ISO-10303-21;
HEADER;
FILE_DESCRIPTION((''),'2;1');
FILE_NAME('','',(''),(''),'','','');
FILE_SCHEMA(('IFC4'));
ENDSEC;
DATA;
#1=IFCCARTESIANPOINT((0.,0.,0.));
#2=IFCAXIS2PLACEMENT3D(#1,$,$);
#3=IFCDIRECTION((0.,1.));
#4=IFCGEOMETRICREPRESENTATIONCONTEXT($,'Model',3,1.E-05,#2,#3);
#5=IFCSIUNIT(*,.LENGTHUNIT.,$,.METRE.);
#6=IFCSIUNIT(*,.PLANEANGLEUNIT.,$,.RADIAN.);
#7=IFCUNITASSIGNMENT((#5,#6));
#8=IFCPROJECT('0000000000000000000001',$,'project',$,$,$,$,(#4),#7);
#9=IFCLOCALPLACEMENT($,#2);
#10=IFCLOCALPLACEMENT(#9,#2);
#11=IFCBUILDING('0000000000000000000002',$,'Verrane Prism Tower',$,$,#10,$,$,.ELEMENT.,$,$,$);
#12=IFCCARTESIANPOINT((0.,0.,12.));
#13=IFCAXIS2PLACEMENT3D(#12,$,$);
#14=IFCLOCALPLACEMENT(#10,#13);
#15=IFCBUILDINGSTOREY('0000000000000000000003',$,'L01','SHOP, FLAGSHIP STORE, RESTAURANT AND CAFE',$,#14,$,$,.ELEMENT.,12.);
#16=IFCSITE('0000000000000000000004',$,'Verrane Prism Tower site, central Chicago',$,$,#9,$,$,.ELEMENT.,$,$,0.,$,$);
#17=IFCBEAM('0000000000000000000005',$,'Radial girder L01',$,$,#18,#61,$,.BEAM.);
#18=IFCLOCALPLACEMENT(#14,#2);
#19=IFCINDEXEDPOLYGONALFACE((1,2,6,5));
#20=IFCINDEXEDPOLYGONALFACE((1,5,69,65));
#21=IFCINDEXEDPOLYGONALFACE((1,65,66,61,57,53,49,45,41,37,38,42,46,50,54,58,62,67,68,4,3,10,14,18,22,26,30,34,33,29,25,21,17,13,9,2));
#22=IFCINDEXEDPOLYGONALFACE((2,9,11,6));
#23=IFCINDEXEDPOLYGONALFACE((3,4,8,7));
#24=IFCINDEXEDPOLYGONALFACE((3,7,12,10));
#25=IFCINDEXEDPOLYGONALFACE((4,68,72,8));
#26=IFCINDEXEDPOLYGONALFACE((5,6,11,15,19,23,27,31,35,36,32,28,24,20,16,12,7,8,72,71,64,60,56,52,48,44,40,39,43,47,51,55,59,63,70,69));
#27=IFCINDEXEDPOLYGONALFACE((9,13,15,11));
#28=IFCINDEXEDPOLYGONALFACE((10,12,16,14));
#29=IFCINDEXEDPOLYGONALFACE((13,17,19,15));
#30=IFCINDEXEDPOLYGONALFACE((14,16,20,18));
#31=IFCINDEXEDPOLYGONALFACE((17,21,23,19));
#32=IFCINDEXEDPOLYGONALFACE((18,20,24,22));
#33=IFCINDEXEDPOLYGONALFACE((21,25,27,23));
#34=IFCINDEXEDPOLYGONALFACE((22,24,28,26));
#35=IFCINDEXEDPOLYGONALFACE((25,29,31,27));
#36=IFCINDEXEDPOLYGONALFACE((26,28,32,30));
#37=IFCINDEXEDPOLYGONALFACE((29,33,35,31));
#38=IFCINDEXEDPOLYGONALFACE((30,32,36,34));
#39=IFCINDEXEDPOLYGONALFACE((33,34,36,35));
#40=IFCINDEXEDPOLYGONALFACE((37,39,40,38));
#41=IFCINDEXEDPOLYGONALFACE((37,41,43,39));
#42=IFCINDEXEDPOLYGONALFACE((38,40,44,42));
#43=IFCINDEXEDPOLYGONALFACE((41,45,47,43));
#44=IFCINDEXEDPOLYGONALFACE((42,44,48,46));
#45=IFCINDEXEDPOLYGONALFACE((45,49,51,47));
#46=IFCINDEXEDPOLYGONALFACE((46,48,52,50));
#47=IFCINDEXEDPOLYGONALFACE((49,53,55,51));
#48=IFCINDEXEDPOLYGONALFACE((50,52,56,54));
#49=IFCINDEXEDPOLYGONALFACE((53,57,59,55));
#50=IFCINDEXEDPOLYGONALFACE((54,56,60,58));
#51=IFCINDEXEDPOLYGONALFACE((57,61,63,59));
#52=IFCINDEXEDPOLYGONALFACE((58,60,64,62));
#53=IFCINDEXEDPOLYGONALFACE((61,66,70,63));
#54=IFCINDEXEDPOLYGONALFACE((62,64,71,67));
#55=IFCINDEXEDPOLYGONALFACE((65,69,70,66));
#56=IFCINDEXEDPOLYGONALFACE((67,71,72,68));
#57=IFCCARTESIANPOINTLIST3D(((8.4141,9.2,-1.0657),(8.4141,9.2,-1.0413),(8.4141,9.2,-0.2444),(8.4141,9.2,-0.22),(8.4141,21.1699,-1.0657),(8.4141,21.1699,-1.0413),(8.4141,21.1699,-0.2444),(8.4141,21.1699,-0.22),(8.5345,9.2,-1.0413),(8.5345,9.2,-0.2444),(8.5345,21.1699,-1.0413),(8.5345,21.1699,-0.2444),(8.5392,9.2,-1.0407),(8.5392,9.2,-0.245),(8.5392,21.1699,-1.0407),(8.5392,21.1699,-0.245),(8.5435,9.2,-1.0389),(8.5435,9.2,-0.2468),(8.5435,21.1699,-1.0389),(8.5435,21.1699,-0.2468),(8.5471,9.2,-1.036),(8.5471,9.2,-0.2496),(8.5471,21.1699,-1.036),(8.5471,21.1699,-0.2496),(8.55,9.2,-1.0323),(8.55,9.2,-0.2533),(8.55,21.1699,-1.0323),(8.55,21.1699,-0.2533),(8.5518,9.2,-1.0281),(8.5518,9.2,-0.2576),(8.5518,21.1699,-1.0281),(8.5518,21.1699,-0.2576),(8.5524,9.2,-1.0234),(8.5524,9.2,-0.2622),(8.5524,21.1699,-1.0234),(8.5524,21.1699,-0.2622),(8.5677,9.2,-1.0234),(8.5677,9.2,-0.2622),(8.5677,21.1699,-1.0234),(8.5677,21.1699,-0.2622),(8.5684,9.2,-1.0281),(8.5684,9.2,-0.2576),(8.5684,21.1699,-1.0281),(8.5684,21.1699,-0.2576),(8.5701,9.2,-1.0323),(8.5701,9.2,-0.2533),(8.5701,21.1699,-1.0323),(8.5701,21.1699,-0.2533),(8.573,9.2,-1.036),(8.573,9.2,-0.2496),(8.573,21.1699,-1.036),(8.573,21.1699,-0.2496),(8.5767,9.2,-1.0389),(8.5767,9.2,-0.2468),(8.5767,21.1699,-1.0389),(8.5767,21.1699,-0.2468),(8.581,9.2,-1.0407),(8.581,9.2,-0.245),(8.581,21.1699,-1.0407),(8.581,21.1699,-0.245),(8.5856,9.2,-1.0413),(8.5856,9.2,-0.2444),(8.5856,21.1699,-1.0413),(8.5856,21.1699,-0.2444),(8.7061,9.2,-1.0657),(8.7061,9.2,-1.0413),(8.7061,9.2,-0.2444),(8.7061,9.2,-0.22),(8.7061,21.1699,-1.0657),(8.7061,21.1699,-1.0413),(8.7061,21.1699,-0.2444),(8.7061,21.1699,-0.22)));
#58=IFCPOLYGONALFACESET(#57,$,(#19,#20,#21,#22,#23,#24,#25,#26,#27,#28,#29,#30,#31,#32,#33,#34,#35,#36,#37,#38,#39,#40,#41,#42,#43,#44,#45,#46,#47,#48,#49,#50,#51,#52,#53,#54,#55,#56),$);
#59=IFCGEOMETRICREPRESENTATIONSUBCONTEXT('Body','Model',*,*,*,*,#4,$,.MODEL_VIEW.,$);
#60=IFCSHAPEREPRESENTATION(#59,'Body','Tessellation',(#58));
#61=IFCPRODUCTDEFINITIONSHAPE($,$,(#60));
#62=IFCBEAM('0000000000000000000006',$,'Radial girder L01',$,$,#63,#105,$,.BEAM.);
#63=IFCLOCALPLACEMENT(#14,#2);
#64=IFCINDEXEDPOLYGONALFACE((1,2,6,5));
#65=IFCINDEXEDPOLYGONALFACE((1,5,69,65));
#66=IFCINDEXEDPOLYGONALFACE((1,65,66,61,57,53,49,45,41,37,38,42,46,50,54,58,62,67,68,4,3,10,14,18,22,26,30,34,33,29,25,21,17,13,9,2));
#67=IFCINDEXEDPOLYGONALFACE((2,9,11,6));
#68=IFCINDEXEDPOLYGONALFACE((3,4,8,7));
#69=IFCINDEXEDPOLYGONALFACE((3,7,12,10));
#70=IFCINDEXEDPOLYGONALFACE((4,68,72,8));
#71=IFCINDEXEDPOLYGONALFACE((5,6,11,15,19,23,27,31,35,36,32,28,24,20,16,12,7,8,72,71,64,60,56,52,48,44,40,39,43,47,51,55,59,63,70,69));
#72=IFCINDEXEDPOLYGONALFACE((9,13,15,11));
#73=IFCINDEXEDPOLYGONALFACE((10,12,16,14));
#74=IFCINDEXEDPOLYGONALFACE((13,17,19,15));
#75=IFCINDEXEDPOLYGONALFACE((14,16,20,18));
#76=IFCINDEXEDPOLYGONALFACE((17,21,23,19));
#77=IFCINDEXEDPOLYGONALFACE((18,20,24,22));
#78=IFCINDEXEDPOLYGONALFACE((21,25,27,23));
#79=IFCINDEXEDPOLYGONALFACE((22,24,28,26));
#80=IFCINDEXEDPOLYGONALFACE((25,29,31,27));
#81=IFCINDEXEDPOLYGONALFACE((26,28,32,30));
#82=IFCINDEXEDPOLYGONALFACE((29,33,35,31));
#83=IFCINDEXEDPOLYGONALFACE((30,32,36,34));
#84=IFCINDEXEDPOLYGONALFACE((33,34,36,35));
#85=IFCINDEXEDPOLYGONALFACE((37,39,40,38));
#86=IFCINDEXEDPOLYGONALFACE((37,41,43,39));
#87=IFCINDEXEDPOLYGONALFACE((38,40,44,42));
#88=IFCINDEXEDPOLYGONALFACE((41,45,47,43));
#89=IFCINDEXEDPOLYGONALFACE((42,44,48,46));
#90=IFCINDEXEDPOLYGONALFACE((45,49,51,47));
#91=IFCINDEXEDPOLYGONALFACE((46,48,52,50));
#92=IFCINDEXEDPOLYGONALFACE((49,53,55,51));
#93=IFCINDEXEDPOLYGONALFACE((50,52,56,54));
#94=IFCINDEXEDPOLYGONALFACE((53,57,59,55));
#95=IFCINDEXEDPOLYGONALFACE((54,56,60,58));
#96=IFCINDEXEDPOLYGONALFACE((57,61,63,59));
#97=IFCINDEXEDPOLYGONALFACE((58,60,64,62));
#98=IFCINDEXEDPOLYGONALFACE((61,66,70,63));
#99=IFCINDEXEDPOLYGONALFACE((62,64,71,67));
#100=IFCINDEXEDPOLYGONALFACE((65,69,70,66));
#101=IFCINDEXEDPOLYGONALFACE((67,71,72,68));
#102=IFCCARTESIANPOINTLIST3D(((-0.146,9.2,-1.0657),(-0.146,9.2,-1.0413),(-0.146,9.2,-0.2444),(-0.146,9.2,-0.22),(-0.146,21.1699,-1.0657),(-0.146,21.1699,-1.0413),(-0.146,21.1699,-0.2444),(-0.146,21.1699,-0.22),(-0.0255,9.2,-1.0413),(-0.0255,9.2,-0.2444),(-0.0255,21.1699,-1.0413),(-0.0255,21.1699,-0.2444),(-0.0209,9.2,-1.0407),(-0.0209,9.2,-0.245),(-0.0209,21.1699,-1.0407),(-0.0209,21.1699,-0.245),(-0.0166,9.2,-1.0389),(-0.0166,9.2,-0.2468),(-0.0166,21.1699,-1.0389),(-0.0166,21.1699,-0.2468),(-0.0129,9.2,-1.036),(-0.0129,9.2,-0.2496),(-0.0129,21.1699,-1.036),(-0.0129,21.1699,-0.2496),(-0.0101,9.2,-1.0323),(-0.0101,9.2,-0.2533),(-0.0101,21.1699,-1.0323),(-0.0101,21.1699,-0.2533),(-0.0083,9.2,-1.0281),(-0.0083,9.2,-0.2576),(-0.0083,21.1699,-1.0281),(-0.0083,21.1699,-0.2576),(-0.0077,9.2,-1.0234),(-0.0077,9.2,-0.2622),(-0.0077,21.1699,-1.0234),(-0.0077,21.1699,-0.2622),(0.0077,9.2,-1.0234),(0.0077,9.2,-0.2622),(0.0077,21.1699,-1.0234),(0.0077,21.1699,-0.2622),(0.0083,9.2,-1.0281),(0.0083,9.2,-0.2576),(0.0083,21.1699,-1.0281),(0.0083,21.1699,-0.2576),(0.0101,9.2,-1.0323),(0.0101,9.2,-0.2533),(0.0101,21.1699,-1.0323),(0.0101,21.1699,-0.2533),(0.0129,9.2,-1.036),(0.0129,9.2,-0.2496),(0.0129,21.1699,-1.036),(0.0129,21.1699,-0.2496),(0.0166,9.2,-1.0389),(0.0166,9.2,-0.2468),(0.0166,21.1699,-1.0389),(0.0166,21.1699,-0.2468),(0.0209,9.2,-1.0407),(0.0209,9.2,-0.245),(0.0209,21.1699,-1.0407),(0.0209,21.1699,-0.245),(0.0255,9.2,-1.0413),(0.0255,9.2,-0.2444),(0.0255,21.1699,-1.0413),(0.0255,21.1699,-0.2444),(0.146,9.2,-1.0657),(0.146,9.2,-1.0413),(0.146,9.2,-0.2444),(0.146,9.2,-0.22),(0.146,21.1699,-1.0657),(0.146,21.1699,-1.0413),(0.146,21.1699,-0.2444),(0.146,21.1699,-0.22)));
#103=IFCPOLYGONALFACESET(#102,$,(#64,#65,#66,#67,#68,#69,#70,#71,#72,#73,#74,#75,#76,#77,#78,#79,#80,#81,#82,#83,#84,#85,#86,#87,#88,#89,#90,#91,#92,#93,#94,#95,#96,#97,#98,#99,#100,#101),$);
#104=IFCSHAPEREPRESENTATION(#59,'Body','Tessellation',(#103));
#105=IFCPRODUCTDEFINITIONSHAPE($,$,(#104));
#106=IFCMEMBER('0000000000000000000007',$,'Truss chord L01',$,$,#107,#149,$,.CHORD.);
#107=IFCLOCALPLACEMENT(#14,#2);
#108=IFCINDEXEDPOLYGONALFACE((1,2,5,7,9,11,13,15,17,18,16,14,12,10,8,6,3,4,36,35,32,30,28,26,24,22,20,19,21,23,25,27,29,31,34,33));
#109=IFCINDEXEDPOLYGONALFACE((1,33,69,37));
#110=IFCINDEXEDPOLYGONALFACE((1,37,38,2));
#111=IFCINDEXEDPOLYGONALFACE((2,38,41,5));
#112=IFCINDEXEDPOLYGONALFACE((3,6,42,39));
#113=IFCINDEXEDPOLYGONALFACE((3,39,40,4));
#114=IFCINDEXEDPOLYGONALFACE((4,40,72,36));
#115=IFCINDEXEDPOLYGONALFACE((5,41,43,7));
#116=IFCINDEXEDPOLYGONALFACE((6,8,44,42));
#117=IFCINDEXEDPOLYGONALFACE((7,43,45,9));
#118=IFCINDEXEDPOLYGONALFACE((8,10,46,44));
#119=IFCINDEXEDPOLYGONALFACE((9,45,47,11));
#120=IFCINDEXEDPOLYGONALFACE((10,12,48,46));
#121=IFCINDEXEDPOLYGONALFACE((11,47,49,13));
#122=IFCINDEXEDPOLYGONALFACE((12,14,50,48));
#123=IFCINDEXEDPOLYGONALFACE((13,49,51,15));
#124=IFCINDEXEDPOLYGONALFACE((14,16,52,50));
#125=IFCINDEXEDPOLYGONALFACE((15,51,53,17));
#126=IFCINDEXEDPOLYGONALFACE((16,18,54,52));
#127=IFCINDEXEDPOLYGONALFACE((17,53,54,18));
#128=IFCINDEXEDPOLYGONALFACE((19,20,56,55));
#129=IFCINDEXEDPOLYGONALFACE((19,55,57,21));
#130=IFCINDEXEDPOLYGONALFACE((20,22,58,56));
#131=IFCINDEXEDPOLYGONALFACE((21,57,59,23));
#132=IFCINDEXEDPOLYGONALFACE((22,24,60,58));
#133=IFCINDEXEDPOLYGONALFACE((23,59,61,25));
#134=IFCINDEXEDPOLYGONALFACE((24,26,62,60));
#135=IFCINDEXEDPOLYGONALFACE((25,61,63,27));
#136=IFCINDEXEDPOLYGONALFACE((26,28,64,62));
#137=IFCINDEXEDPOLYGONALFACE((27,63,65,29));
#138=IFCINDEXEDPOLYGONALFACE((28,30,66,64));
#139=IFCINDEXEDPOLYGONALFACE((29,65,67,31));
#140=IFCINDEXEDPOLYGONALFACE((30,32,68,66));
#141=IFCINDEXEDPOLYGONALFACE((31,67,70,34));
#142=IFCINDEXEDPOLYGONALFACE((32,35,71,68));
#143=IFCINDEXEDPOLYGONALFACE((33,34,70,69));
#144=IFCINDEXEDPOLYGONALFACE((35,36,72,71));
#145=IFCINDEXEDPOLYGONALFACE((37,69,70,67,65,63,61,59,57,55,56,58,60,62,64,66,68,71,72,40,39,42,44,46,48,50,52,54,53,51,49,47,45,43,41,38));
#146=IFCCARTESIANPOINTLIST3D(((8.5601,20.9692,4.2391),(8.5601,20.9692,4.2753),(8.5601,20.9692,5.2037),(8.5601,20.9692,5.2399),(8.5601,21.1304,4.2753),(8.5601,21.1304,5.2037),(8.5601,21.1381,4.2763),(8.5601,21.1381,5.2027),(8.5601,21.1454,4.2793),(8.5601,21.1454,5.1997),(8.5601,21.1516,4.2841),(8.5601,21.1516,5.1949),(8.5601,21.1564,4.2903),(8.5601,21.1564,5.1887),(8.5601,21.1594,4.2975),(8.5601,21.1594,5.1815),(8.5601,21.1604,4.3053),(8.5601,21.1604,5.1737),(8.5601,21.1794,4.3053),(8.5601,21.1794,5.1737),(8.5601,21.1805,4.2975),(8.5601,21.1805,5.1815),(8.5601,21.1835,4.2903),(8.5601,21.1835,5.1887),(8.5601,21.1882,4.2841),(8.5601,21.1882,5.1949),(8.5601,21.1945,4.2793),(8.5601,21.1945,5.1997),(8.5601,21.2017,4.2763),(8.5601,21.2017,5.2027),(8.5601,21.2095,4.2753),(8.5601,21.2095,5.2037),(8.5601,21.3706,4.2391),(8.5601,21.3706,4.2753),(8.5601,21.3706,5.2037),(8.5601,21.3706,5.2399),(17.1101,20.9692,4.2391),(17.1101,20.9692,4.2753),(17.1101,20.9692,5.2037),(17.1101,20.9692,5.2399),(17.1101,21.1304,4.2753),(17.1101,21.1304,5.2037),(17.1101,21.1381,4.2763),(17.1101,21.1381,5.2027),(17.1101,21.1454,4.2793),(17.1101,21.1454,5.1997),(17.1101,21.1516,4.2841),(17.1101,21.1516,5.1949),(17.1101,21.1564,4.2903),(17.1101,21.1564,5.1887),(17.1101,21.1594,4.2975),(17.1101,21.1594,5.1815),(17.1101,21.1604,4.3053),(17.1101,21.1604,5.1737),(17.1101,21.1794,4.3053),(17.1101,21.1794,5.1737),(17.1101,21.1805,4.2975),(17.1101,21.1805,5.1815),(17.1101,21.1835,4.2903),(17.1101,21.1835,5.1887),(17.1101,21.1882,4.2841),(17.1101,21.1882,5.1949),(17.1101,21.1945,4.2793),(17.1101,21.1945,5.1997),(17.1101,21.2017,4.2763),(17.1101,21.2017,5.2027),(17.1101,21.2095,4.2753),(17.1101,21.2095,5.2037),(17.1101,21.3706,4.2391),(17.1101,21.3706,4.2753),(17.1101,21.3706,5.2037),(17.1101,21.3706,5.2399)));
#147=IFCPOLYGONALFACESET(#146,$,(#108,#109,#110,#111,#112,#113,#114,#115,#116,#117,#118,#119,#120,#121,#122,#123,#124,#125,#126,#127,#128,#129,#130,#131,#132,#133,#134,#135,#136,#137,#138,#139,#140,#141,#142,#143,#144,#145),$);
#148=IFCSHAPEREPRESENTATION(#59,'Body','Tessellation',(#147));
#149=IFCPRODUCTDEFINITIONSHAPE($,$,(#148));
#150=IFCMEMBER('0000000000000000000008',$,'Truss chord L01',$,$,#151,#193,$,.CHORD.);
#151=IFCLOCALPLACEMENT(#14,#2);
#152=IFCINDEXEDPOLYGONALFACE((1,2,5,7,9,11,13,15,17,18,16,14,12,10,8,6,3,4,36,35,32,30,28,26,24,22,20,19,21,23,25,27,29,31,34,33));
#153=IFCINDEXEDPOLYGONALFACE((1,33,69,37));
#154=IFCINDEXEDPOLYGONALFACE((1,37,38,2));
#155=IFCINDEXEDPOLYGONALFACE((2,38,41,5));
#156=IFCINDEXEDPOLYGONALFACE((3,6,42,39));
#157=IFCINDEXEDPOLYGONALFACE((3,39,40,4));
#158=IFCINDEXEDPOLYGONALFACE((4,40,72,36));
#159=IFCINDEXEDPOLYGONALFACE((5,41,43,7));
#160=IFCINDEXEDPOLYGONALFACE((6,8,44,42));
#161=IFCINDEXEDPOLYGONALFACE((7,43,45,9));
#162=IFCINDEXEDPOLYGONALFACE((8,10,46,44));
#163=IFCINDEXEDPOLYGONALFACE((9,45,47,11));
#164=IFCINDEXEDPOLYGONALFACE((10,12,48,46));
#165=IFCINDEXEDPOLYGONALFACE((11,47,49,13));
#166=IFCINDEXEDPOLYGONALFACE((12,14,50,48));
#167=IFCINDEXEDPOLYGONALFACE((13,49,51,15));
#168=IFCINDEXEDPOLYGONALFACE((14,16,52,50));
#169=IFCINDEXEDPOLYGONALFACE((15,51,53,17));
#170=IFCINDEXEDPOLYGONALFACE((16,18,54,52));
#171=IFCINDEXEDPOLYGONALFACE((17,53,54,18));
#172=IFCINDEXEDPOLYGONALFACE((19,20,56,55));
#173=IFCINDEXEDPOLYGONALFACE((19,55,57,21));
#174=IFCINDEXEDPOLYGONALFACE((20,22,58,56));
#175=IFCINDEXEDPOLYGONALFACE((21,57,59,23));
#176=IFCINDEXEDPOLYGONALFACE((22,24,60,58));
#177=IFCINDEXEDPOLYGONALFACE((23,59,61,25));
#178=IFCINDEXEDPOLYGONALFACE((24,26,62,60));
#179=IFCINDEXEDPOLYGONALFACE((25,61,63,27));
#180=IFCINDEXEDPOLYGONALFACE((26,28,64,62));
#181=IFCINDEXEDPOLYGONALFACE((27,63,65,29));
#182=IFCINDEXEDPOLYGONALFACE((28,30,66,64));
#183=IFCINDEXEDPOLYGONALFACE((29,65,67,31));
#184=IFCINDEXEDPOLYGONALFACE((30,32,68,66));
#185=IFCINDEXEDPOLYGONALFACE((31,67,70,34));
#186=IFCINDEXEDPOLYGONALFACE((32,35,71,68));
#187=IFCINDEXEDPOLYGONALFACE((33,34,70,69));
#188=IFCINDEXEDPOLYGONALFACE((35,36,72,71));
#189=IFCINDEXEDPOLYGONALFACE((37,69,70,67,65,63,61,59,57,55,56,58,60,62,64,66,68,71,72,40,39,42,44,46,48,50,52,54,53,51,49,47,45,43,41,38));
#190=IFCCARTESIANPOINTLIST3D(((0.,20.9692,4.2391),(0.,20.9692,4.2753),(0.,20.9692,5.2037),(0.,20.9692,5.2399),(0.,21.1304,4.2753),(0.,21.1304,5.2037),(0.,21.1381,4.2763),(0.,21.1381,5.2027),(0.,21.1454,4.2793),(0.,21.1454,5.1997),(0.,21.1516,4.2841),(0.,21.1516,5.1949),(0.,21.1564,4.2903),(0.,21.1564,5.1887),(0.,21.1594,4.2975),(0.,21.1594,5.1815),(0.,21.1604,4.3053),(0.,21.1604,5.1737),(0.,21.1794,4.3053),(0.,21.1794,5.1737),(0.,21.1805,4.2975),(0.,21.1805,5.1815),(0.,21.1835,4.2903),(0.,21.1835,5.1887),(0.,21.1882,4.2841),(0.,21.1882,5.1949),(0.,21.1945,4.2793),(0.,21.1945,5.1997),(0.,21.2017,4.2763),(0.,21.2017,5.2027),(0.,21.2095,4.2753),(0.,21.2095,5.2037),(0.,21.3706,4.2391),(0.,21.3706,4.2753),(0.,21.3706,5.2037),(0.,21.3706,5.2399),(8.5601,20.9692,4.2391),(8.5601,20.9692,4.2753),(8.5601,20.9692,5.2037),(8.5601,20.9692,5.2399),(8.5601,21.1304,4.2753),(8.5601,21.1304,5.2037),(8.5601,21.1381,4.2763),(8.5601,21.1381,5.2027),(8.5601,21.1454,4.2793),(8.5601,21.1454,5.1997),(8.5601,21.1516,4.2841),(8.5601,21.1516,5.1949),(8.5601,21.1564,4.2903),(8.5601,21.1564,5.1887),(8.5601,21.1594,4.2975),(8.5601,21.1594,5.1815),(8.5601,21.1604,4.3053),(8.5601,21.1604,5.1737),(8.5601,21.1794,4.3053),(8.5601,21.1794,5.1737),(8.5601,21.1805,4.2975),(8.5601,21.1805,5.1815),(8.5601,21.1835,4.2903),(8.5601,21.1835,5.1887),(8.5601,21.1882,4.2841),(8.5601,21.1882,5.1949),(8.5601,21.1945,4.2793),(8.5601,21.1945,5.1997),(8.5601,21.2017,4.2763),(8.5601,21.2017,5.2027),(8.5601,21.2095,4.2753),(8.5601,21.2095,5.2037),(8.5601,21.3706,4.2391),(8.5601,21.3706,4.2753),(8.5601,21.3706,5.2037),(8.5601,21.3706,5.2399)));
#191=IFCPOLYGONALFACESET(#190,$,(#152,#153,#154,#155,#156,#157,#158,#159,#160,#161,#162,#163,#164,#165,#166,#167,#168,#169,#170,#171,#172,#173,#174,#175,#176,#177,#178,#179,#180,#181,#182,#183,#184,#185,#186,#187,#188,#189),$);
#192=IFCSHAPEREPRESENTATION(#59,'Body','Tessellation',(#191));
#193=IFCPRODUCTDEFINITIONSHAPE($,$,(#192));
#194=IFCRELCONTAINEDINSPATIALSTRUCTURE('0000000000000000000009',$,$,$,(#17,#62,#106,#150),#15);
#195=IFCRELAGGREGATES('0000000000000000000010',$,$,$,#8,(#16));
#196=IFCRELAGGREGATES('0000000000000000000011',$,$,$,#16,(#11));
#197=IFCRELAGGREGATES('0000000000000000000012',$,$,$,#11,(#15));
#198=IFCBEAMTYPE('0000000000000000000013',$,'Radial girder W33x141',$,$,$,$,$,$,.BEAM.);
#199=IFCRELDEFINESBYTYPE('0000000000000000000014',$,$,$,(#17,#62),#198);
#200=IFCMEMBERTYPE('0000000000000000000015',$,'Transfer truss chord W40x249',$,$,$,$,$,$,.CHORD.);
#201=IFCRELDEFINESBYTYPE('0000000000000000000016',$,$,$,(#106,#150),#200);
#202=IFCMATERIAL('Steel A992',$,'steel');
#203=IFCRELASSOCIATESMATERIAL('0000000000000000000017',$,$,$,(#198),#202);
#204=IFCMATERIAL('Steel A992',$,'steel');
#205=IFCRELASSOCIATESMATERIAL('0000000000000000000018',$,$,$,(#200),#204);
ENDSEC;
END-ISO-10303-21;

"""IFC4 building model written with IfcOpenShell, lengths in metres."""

from ifc_helpers import new_model, si_unit, direction, frame, origin, origin_2d, place, context, subcontext, project, spatial, i_section, extrude, material, material_profile, profile_set, type_object, element, save


model = new_model("IFC4")

# Units and contexts
model_context = context("Model", 3, precision=1e-05, world=origin(), true_north=direction((0.0, 1.0)))
body_context = subcontext(model_context, "Body", "Model", "MODEL_VIEW")
ifc_project = project(units=[si_unit("LENGTHUNIT", "METRE"), si_unit("PLANEANGLEUNIT", "RADIAN")], contexts=[model_context])

# Site, building, storey
site_placement = place(None, origin())
site = spatial("IfcSite", under=ifc_project, at=site_placement, Name="Verrane Prism Tower site, central Chicago", CompositionType="ELEMENT", RefElevation=0.0)
building_placement = place(site_placement, origin())
building = spatial("IfcBuilding", under=site, at=building_placement, Name="Verrane Prism Tower", CompositionType="ELEMENT")
storey_placement = place(building_placement, frame((0.0, 0.0, 12.0)))
storey = spatial("IfcBuildingStorey", under=building, at=storey_placement, Name="L01", Description="SHOP, FLAGSHIP STORE, RESTAURANT AND CAFE", CompositionType="ELEMENT", Elevation=12.0)

# Beams
ifc_material_1 = material(Name="Steel A992", Category="steel")
ifc_material_profile_1 = material_profile(ifc_material_1, i_section(OverallWidth=0.292, OverallDepth=0.8457, WebThickness=0.0154, FlangeThickness=0.0244, FilletRadius=0.0178, at=origin_2d()), Name="W33x141")
ifc_profile_set_1 = profile_set([ifc_material_profile_1], Name="Steel A992")
beam_type = type_object("IfcBeamType", Name="Radial girder W33x141", PredefinedType="BEAM", material=ifc_profile_set_1)
for number, where, z_axis, x_axis, name in (
    (1, (8.5601, 21.1699, -0.6428), (0.0, -1.0, 0.0), (1.0, 0.0, 0.0), "Radial girder L01"),
    (2, (0.0, 21.1699, -0.6428), (0.0, -1.0, 0.0), (1.0, 0.0, 0.0), "Radial girder L01"),
):
    element("IfcBeam", number, at=place(storey_placement, frame(where, z_axis=z_axis, x_axis=x_axis)), inside=storey, type_object=beam_type, Name=name, PredefinedType="BEAM", context=body_context, shape_type="SweptSolid", body=[
        extrude(i_section(OverallWidth=0.292, OverallDepth=0.8457, WebThickness=0.0154, FlangeThickness=0.0244, FilletRadius=0.0178, at=origin_2d()), origin(), (0.0, 0.0, 1.0), 11.97),
    ])

# Members
ifc_material_2 = material(Name="Steel A992", Category="steel")
ifc_material_profile_2 = material_profile(ifc_material_2, i_section(OverallWidth=0.4014, OverallDepth=1.0007, WebThickness=0.019, FlangeThickness=0.0361, FilletRadius=0.03, at=origin_2d()), Name="W40x249")
ifc_profile_set_2 = profile_set([ifc_material_profile_2], Name="Steel A992")
member_type_1 = type_object("IfcMemberType", Name="Transfer truss chord W40x249", PredefinedType="CHORD", material=ifc_profile_set_2)
member_1_placement = place(storey_placement, frame((17.1101, 21.1699, 4.7395), z_axis=(-1.0, 0.0, 0.0), x_axis=(0.0, -1.0, 0.0)))
element("IfcMember", 3, at=member_1_placement, inside=storey, type_object=member_type_1, Name="Truss chord L01", PredefinedType="CHORD", context=body_context, shape_type="SweptSolid", body=[
    extrude(i_section(OverallWidth=0.4014, OverallDepth=1.0007, WebThickness=0.019, FlangeThickness=0.0361, FilletRadius=0.03, at=origin_2d()), origin(), (0.0, 0.0, 1.0), 8.55),
])
for number, where, z_axis, x_axis, name in (
    (4, (8.5601, 21.1699, 4.7395), (-1.0, 0.0, 0.0), (0.0, -1.0, 0.0), "Truss chord L01"),
):
    element("IfcMember", number, at=place(storey_placement, frame(where, z_axis=z_axis, x_axis=x_axis)), inside=storey, type_object=member_type_1, Name=name, PredefinedType="CHORD", context=body_context, shape_type="SweptSolid", body=[
        extrude(i_section(OverallWidth=0.4014, OverallDepth=1.0007, WebThickness=0.019, FlangeThickness=0.0361, FilletRadius=0.03, at=origin_2d()), origin(), (0.0, 0.0, 1.0), 8.5601),
    ])

save(model, "model.ifc")
